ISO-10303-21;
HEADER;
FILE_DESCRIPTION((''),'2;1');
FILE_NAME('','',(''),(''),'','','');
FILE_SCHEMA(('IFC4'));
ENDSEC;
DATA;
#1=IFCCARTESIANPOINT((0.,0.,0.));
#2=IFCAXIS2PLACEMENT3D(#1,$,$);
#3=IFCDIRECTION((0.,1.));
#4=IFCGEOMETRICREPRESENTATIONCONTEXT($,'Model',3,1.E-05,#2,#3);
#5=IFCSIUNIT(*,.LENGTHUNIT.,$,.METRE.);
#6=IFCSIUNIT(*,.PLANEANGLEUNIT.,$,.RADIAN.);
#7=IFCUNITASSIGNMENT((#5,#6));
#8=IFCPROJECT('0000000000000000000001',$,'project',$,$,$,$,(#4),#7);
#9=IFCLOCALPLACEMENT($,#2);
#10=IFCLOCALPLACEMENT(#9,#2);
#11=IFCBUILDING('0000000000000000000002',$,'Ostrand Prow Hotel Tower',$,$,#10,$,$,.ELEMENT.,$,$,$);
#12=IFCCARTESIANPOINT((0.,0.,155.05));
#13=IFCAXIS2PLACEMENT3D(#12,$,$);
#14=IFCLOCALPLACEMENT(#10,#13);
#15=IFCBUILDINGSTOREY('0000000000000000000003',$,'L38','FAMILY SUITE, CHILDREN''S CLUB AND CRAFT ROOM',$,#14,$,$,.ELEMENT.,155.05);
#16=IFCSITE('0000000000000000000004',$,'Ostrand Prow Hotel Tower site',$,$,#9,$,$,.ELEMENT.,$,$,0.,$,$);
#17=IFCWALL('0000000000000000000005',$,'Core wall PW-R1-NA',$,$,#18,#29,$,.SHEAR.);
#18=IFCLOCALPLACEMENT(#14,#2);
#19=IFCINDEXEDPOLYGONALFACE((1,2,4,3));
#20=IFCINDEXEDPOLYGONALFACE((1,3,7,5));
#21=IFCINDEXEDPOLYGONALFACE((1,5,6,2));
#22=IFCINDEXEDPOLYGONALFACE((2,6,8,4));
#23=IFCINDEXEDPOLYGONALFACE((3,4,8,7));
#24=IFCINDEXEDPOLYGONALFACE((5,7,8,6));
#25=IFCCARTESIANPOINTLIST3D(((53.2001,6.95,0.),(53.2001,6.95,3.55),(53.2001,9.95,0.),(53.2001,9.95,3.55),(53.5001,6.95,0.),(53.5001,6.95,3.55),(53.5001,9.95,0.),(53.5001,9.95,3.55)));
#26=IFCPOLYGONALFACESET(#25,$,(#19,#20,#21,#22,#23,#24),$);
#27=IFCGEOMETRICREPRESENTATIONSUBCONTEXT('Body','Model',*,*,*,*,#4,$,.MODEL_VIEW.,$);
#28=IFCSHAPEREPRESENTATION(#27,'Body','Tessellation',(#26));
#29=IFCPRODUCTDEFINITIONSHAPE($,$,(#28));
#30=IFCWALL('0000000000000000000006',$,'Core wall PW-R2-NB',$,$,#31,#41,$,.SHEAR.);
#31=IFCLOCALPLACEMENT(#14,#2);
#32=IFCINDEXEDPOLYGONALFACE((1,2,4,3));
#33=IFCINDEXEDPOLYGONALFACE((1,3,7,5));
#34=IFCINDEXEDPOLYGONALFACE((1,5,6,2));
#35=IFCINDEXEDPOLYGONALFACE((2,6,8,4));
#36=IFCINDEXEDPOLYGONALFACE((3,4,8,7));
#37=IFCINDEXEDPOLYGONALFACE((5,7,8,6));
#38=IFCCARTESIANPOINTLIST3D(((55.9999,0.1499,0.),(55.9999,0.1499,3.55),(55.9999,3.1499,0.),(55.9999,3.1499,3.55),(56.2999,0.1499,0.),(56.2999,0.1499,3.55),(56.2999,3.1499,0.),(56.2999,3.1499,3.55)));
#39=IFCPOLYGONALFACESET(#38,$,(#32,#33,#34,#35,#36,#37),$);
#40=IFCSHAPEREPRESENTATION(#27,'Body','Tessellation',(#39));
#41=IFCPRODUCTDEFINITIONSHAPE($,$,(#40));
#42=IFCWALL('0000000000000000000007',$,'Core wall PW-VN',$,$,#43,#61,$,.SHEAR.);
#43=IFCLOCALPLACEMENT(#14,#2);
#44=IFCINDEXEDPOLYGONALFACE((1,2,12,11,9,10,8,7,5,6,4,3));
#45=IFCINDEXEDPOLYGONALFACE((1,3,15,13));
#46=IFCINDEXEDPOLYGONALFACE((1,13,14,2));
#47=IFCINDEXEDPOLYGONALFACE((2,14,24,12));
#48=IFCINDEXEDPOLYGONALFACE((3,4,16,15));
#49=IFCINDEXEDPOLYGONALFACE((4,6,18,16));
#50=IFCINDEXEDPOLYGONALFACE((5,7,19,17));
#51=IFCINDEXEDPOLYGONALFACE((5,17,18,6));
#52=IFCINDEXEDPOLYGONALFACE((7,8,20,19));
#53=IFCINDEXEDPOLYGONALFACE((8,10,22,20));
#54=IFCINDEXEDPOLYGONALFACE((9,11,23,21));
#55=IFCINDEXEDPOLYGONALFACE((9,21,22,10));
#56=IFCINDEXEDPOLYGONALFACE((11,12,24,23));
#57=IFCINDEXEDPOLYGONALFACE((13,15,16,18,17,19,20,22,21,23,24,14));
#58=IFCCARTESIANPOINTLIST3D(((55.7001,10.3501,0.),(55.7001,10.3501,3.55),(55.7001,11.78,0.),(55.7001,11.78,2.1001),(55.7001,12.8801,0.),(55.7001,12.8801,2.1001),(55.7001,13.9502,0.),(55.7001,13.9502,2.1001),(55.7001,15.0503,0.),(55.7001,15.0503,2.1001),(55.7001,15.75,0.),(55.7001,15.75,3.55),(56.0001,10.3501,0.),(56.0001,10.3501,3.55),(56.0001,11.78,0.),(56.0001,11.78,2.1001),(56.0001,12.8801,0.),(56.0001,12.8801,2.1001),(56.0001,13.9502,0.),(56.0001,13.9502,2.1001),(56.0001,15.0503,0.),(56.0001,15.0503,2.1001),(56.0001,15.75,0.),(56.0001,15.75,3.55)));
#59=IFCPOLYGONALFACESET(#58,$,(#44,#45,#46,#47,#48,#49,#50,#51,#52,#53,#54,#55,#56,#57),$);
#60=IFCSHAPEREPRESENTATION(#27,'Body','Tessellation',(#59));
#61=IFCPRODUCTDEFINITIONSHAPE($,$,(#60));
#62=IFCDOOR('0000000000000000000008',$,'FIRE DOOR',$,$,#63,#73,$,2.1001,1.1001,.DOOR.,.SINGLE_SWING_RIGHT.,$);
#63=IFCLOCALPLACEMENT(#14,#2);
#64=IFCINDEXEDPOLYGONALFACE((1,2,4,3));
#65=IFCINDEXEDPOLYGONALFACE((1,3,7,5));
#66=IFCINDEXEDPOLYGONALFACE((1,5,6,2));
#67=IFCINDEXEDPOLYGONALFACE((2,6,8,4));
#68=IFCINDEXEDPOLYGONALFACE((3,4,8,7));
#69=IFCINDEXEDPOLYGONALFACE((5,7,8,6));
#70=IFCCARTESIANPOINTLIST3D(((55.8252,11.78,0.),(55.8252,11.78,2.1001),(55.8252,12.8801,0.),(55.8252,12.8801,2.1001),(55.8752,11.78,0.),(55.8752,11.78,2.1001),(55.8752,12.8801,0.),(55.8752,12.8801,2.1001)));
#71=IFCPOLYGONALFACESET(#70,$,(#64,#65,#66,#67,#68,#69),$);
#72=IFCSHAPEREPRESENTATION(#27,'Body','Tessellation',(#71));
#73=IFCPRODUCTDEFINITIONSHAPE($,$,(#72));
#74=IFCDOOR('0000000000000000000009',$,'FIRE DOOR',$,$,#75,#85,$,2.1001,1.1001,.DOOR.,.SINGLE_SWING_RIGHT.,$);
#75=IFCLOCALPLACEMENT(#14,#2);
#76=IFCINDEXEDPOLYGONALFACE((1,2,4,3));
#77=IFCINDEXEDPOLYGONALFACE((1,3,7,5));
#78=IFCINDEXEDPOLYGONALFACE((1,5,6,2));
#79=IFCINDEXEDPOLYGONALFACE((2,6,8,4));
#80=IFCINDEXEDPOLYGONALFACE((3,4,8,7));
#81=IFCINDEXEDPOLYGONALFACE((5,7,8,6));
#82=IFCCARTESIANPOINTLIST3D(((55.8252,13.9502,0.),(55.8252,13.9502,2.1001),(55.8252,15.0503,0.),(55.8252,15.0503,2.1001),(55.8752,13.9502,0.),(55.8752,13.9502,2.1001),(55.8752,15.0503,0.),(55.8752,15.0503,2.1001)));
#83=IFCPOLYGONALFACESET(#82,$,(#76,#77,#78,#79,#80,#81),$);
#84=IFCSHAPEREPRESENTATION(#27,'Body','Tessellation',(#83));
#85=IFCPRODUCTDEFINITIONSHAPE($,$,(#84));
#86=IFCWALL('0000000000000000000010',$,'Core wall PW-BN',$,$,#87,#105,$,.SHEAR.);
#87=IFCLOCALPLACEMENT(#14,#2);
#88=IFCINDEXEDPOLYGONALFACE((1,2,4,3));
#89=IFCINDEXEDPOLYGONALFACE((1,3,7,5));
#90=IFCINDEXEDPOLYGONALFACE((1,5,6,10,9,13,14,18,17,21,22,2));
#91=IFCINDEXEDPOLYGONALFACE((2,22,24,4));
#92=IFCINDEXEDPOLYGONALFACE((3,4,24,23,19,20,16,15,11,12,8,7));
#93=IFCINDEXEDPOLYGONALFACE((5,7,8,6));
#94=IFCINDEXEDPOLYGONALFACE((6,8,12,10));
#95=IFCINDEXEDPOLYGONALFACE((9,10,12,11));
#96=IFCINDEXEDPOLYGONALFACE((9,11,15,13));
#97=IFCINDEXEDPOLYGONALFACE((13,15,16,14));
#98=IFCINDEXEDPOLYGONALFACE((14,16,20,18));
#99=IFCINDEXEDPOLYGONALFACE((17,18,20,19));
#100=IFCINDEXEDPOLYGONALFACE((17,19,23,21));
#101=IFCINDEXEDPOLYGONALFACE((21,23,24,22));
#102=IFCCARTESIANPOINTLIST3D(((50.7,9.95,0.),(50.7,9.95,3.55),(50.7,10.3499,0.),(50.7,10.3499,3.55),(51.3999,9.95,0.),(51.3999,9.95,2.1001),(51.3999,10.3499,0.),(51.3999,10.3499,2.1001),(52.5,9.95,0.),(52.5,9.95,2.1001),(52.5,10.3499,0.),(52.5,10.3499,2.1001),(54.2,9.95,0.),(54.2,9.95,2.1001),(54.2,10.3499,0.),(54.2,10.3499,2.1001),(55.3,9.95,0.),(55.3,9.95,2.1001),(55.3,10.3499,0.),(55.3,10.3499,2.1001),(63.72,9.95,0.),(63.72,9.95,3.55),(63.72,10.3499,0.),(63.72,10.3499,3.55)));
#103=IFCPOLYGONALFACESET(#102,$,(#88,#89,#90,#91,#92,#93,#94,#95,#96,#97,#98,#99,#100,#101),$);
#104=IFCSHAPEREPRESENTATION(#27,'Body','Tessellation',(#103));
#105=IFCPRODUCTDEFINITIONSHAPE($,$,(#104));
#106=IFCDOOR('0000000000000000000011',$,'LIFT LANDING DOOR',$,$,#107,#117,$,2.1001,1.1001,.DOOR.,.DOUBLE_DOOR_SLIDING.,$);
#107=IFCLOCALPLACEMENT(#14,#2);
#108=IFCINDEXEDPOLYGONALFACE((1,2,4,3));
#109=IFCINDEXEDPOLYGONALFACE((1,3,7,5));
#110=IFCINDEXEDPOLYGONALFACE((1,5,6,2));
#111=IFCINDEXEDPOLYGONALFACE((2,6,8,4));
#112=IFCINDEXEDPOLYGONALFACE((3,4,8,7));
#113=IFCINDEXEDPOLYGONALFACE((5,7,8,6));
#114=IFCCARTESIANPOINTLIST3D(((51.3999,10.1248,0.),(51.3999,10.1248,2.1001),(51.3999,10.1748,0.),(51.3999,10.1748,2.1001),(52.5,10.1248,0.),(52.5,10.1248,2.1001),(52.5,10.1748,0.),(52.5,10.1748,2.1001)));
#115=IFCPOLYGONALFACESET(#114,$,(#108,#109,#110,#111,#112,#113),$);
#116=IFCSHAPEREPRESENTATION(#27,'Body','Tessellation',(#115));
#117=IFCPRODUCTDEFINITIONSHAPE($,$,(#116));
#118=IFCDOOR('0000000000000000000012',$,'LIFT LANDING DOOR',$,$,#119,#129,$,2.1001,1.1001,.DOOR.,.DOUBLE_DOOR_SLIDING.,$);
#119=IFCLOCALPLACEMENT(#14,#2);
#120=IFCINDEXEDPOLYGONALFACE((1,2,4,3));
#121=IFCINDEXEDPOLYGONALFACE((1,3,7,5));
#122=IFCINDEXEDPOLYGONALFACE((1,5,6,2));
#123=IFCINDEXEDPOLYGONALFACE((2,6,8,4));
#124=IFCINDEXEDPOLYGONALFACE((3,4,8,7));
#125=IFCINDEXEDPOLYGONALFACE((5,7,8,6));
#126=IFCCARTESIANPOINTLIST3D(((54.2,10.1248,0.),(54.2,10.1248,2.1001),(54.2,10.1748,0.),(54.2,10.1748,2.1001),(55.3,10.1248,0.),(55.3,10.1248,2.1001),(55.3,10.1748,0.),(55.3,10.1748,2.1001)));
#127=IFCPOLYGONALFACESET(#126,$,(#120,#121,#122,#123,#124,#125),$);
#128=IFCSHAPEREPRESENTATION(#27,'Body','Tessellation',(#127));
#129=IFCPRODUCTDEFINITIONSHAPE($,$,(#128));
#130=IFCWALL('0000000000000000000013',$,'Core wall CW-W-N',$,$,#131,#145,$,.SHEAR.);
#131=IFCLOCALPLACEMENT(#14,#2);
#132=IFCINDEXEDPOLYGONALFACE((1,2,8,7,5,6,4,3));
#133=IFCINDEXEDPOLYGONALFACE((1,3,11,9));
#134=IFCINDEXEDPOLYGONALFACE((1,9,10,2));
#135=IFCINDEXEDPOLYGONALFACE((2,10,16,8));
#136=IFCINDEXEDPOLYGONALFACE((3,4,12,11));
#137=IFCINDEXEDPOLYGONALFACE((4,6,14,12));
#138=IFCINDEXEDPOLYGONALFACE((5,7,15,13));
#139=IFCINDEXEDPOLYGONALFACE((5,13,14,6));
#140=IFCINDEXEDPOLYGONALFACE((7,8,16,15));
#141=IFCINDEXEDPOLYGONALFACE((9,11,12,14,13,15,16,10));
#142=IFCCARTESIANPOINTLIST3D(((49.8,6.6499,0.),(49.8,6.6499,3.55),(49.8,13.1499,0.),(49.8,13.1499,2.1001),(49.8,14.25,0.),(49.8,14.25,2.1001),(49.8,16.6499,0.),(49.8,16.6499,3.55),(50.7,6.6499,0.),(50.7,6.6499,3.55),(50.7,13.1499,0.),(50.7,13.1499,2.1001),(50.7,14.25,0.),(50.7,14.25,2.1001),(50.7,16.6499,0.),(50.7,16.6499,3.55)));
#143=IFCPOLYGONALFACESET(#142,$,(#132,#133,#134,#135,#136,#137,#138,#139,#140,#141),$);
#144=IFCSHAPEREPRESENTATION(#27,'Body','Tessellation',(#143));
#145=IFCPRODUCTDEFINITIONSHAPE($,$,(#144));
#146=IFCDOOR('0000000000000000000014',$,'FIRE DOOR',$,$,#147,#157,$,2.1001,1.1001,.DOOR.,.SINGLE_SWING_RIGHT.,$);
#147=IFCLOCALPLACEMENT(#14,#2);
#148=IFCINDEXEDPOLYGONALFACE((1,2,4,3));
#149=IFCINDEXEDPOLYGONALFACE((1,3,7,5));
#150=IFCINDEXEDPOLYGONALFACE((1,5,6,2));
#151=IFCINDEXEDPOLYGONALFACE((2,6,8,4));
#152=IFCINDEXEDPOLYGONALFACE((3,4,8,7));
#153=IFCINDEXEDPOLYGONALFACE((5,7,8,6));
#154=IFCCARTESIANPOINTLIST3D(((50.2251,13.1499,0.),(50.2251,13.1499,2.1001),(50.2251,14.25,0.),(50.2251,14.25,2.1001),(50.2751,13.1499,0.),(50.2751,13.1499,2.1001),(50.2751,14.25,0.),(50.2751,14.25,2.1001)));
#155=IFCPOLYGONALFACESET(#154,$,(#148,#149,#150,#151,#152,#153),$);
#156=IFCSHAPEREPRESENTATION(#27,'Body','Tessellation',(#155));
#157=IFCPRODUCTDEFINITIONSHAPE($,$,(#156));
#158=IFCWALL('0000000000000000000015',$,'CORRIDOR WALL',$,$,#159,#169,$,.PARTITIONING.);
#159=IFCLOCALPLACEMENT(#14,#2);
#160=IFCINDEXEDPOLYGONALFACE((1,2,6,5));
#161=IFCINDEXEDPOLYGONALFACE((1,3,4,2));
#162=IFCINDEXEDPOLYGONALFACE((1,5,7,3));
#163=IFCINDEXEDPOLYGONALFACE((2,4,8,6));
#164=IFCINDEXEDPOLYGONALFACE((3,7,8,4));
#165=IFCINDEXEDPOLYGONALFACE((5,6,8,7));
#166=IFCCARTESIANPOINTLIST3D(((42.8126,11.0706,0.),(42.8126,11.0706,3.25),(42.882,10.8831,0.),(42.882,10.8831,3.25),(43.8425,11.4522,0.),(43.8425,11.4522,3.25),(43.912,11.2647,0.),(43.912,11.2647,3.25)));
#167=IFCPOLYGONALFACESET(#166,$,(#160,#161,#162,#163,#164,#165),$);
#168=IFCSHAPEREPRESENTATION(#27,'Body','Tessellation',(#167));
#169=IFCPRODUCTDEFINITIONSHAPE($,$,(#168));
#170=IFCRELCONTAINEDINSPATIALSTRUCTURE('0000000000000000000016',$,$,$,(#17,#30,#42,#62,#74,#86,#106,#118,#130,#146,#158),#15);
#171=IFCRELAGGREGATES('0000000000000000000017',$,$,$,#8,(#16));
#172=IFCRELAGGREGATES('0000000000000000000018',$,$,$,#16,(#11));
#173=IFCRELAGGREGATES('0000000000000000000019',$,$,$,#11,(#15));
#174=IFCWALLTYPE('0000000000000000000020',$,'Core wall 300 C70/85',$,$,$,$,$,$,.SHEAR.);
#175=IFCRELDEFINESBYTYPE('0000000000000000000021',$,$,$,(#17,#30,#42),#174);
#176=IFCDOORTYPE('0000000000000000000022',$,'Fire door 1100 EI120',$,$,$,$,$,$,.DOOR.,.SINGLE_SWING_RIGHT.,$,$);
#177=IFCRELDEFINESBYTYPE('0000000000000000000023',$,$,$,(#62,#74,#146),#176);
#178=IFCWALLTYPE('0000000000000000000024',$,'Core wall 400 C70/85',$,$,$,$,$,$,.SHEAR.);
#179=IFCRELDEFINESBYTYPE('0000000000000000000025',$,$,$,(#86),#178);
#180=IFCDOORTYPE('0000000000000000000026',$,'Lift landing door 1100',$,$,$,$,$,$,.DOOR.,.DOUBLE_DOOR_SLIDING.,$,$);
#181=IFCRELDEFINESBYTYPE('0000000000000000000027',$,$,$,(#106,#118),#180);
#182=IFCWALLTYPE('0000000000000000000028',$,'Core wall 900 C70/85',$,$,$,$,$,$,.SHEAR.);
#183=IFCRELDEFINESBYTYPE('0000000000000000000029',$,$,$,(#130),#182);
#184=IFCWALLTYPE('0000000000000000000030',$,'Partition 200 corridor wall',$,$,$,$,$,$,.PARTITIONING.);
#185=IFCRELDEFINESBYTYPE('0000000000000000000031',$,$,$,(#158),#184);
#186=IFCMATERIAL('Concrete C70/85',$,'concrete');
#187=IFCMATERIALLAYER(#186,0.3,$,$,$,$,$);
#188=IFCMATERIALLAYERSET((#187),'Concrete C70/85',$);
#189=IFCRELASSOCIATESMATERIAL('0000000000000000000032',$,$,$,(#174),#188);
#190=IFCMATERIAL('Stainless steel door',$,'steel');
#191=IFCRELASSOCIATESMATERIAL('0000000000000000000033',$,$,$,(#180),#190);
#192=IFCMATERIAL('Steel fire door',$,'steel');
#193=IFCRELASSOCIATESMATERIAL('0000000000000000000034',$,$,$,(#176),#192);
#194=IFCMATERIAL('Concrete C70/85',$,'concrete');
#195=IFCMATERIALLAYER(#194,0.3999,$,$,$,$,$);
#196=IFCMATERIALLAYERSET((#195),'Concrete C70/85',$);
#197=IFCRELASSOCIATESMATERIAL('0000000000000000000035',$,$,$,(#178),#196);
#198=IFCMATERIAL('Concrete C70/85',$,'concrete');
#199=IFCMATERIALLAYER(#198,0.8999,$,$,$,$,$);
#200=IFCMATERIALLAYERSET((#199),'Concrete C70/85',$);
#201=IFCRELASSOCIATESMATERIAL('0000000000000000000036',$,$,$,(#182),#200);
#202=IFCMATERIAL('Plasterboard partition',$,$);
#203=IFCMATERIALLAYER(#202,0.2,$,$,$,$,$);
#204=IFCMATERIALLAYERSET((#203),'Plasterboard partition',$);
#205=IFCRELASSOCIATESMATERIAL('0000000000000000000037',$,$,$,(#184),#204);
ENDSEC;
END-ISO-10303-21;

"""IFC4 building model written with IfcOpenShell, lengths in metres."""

from ifc_helpers import new_model, si_unit, direction, frame, frame_2d, origin, place, context, subcontext, project, spatial, rectangle, extrude, material, layer, layer_set, type_object, element, fill, save


model = new_model("IFC4")

# Units and contexts
model_context = context("Model", 3, precision=1e-05, world=origin(), true_north=direction((0.0, 1.0)))
body_context = subcontext(model_context, "Body", "Model", "MODEL_VIEW")
ifc_project = project(units=[si_unit("LENGTHUNIT", "METRE"), si_unit("PLANEANGLEUNIT", "RADIAN")], contexts=[model_context])

# Site, building, storey
site_placement = place(None, origin())
site = spatial("IfcSite", under=ifc_project, at=site_placement, Name="Ostrand Prow Hotel Tower site", CompositionType="ELEMENT", RefElevation=0.0)
building_placement = place(site_placement, origin())
building = spatial("IfcBuilding", under=site, at=building_placement, Name="Ostrand Prow Hotel Tower", CompositionType="ELEMENT")
storey_placement = place(building_placement, frame((0.0, 0.0, 155.05)))
storey = spatial("IfcBuildingStorey", under=building, at=storey_placement, Name="L38", Description="FAMILY SUITE, CHILDREN'S CLUB AND CRAFT ROOM", CompositionType="ELEMENT", Elevation=155.05)

# Shared definitions
ifc_material_1 = material(Name="Concrete C70/85", Category="concrete")
ifc_layer_1 = layer(ifc_material_1, 0.3)
ifc_layer_set_1 = layer_set([ifc_layer_1], Name="Concrete C70/85")
wall_type_1 = type_object("IfcWallType", Name="Core wall 300 C70/85", PredefinedType="SHEAR", material=ifc_layer_set_1)
ifc_material_2 = material(Name="Stainless steel door", Category="steel")
door_type_1 = type_object("IfcDoorType", Name="Lift landing door 1100", OperationType="DOUBLE_DOOR_SLIDING", PredefinedType="DOOR", material=ifc_material_2)

# Walls
for number, where, z_axis, x_axis, name in (
    (1, (53.3501, 6.95, 0.0), (0.0, 0.0, 1.0), (0.0, 1.0, 0.0), "Core wall PW-R1-NA"),
    (2, (56.1499, 0.1499, 0.0), (0.0, 0.0, 1.0), (0.0, 1.0, 0.0), "Core wall PW-R2-NB"),
):
    element("IfcWall", number, at=place(storey_placement, frame(where, z_axis=z_axis, x_axis=x_axis)), inside=storey, type_object=wall_type_1, Name=name, PredefinedType="SHEAR", context=body_context, shape_type="SweptSolid", body=[
        extrude(rectangle(XDim=3.0, YDim=0.3, at=frame_2d((1.5, 0.0))), origin(), (0.0, 0.0, 1.0), 3.55),
    ])

# Walls, openings, doors
wall_1_placement = place(storey_placement, frame((55.8501, 10.3501, 0.0), z_axis=(0.0, 0.0, 1.0), x_axis=(0.0, 1.0, 0.0)))
wall_1 = element("IfcWall", 3, at=wall_1_placement, inside=storey, type_object=wall_type_1, Name="Core wall PW-VN", PredefinedType="SHEAR", context=body_context, shape_type="SweptSolid", body=[
    extrude(rectangle(XDim=5.3999, YDim=0.3, at=frame_2d((2.7, 0.0))), origin(), (0.0, 0.0, 1.0), 3.55),
])
opening_1_placement = place(wall_1_placement, frame((1.4299, 0.0, 0.0)))
opening_1 = element("IfcOpeningElement", 4, at=opening_1_placement, cuts=wall_1, PredefinedType="OPENING", context=body_context, shape_type="SweptSolid", body=[
    extrude(rectangle(XDim=1.1001, YDim=2.1001, at=frame_2d((0.55, 1.05))), frame((0.0, 0.1599, 0.0), z_axis=(0.0, -1.0, 0.0), x_axis=(1.0, 0.0, 0.0)), (0.0, 0.0, 1.0), 0.3201),
])
opening_2_placement = place(wall_1_placement, frame((3.6001, 0.0, 0.0)))
opening_2 = element("IfcOpeningElement", 5, at=opening_2_placement, cuts=wall_1, PredefinedType="OPENING", context=body_context, shape_type="SweptSolid", body=[
    extrude(rectangle(XDim=1.1001, YDim=2.1001, at=frame_2d((0.55, 1.05))), frame((0.0, 0.1599, 0.0), z_axis=(0.0, -1.0, 0.0), x_axis=(1.0, 0.0, 0.0)), (0.0, 0.0, 1.0), 0.3201),
])
ifc_material_3 = material(Name="Steel fire door", Category="steel")
door_type_2 = type_object("IfcDoorType", Name="Fire door 1100 EI120", OperationType="SINGLE_SWING_RIGHT", PredefinedType="DOOR", material=ifc_material_3)
door_1_placement = place(opening_1_placement, origin())
door_1 = element("IfcDoor", 6, at=door_1_placement, inside=storey, type_object=door_type_2, Name="FIRE DOOR", OperationType="SINGLE_SWING_RIGHT", OverallHeight=2.1001, OverallWidth=1.1001, PredefinedType="DOOR", context=body_context, shape_type="SweptSolid", body=[
    extrude(rectangle(XDim=1.1001, YDim=2.1001, at=frame_2d((0.55, 1.05))), frame((0.0, 0.0249, 0.0), z_axis=(0.0, -1.0, 0.0), x_axis=(1.0, 0.0, 0.0)), (0.0, 0.0, 1.0), 0.05),
])
fill(opening_1, door_1)
door_2_placement = place(opening_2_placement, origin())
door_2 = element("IfcDoor", 7, at=door_2_placement, inside=storey, type_object=door_type_2, Name="FIRE DOOR", OperationType="SINGLE_SWING_RIGHT", OverallHeight=2.1001, OverallWidth=1.1001, PredefinedType="DOOR", context=body_context, shape_type="SweptSolid", body=[
    extrude(rectangle(XDim=1.1001, YDim=2.1001, at=frame_2d((0.55, 1.05))), frame((0.0, 0.0249, 0.0), z_axis=(0.0, -1.0, 0.0), x_axis=(1.0, 0.0, 0.0)), (0.0, 0.0, 1.0), 0.05),
])
fill(opening_2, door_2)
ifc_material_4 = material(Name="Concrete C70/85", Category="concrete")
ifc_layer_2 = layer(ifc_material_4, 0.3999)
ifc_layer_set_2 = layer_set([ifc_layer_2], Name="Concrete C70/85")
wall_type_2 = type_object("IfcWallType", Name="Core wall 400 C70/85", PredefinedType="SHEAR", material=ifc_layer_set_2)
wall_2_placement = place(storey_placement, frame((50.7, 10.1499, 0.0), z_axis=(0.0, 0.0, 1.0), x_axis=(1.0, 0.0, 0.0)))
wall_2 = element("IfcWall", 8, at=wall_2_placement, inside=storey, type_object=wall_type_2, Name="Core wall PW-BN", PredefinedType="SHEAR", context=body_context, shape_type="SweptSolid", body=[
    extrude(rectangle(XDim=13.02, YDim=0.3999, at=frame_2d((6.51, 0.0))), origin(), (0.0, 0.0, 1.0), 3.55),
])
opening_3_placement = place(wall_2_placement, frame((0.7, 0.0, 0.0)))
opening_3 = element("IfcOpeningElement", 9, at=opening_3_placement, cuts=wall_2, PredefinedType="OPENING", context=body_context, shape_type="SweptSolid", body=[
    extrude(rectangle(XDim=1.1001, YDim=2.1001, at=frame_2d((0.55, 1.05))), frame((0.0, 0.21, 0.0), z_axis=(0.0, -1.0, 0.0), x_axis=(1.0, 0.0, 0.0)), (0.0, 0.0, 1.0), 0.4199),
])
opening_4_placement = place(wall_2_placement, frame((3.5, 0.0, 0.0)))
opening_4 = element("IfcOpeningElement", 10, at=opening_4_placement, cuts=wall_2, PredefinedType="OPENING", context=body_context, shape_type="SweptSolid", body=[
    extrude(rectangle(XDim=1.1001, YDim=2.1001, at=frame_2d((0.55, 1.05))), frame((0.0, 0.21, 0.0), z_axis=(0.0, -1.0, 0.0), x_axis=(1.0, 0.0, 0.0)), (0.0, 0.0, 1.0), 0.4199),
])
door_3_placement = place(opening_3_placement, origin())
door_3 = element("IfcDoor", 11, at=door_3_placement, inside=storey, type_object=door_type_1, Name="LIFT LANDING DOOR", OperationType="DOUBLE_DOOR_SLIDING", OverallHeight=2.1001, OverallWidth=1.1001, PredefinedType="DOOR", context=body_context, shape_type="SweptSolid", body=[
    extrude(rectangle(XDim=1.1001, YDim=2.1001, at=frame_2d((0.55, 1.05))), frame((0.0, 0.0249, 0.0), z_axis=(0.0, -1.0, 0.0), x_axis=(1.0, 0.0, 0.0)), (0.0, 0.0, 1.0), 0.05),
])
fill(opening_3, door_3)
door_4_placement = place(opening_4_placement, origin())
door_4 = element("IfcDoor", 12, at=door_4_placement, inside=storey, type_object=door_type_1, Name="LIFT LANDING DOOR", OperationType="DOUBLE_DOOR_SLIDING", OverallHeight=2.1001, OverallWidth=1.1001, PredefinedType="DOOR", context=body_context, shape_type="SweptSolid", body=[
    extrude(rectangle(XDim=1.1001, YDim=2.1001, at=frame_2d((0.55, 1.05))), frame((0.0, 0.0249, 0.0), z_axis=(0.0, -1.0, 0.0), x_axis=(1.0, 0.0, 0.0)), (0.0, 0.0, 1.0), 0.05),
])
fill(opening_4, door_4)

# Wall, opening, door
ifc_material_5 = material(Name="Concrete C70/85", Category="concrete")
ifc_layer_3 = layer(ifc_material_5, 0.8999)
ifc_layer_set_3 = layer_set([ifc_layer_3], Name="Concrete C70/85")
wall_type_3 = type_object("IfcWallType", Name="Core wall 900 C70/85", PredefinedType="SHEAR", material=ifc_layer_set_3)
wall_3_placement = place(storey_placement, frame((50.25, 6.6499, 0.0), z_axis=(0.0, 0.0, 1.0), x_axis=(0.0, 1.0, 0.0)))
wall_3 = element("IfcWall", 13, at=wall_3_placement, inside=storey, type_object=wall_type_3, Name="Core wall CW-W-N", PredefinedType="SHEAR", context=body_context, shape_type="SweptSolid", body=[
    extrude(rectangle(XDim=10.0, YDim=0.8999, at=frame_2d((5.0, 0.0))), origin(), (0.0, 0.0, 1.0), 3.55),
])
opening_5_placement = place(wall_3_placement, frame((6.5, 0.0, 0.0)))
opening_5 = element("IfcOpeningElement", 14, at=opening_5_placement, cuts=wall_3, PredefinedType="OPENING", context=body_context, shape_type="SweptSolid", body=[
    extrude(rectangle(XDim=1.1001, YDim=2.1001, at=frame_2d((0.55, 1.05))), frame((0.0, 0.46, 0.0), z_axis=(0.0, -1.0, 0.0), x_axis=(1.0, 0.0, 0.0)), (0.0, 0.0, 1.0), 0.9199),
])
door_5_placement = place(opening_5_placement, origin())
door_5 = element("IfcDoor", 15, at=door_5_placement, inside=storey, type_object=door_type_2, Name="FIRE DOOR", OperationType="SINGLE_SWING_RIGHT", OverallHeight=2.1001, OverallWidth=1.1001, PredefinedType="DOOR", context=body_context, shape_type="SweptSolid", body=[
    extrude(rectangle(XDim=1.1001, YDim=2.1001, at=frame_2d((0.55, 1.05))), frame((0.0, 0.0249, 0.0), z_axis=(0.0, -1.0, 0.0), x_axis=(1.0, 0.0, 0.0)), (0.0, 0.0, 1.0), 0.05),
])
fill(opening_5, door_5)

# Wall
ifc_material_6 = material(Name="Plasterboard partition")
ifc_layer_4 = layer(ifc_material_6, 0.2)
ifc_layer_set_4 = layer_set([ifc_layer_4], Name="Plasterboard partition")
wall_type_4 = type_object("IfcWallType", Name="Partition 200 corridor wall", PredefinedType="PARTITIONING", material=ifc_layer_set_4)
wall_4_placement = place(storey_placement, frame((42.8472, 10.9768, 0.0), z_axis=(0.0, 0.0, 1.0), x_axis=(0.937719, 0.347394, 0.0)))
element("IfcWall", 16, at=wall_4_placement, inside=storey, type_object=wall_type_4, Name="CORRIDOR WALL", PredefinedType="PARTITIONING", context=body_context, shape_type="SweptSolid", body=[
    extrude(rectangle(XDim=1.0984, YDim=0.2, at=frame_2d((0.5493, 0.0))), origin(), (0.0, 0.0, 1.0), 3.25),
])

save(model, "model.ifc")
